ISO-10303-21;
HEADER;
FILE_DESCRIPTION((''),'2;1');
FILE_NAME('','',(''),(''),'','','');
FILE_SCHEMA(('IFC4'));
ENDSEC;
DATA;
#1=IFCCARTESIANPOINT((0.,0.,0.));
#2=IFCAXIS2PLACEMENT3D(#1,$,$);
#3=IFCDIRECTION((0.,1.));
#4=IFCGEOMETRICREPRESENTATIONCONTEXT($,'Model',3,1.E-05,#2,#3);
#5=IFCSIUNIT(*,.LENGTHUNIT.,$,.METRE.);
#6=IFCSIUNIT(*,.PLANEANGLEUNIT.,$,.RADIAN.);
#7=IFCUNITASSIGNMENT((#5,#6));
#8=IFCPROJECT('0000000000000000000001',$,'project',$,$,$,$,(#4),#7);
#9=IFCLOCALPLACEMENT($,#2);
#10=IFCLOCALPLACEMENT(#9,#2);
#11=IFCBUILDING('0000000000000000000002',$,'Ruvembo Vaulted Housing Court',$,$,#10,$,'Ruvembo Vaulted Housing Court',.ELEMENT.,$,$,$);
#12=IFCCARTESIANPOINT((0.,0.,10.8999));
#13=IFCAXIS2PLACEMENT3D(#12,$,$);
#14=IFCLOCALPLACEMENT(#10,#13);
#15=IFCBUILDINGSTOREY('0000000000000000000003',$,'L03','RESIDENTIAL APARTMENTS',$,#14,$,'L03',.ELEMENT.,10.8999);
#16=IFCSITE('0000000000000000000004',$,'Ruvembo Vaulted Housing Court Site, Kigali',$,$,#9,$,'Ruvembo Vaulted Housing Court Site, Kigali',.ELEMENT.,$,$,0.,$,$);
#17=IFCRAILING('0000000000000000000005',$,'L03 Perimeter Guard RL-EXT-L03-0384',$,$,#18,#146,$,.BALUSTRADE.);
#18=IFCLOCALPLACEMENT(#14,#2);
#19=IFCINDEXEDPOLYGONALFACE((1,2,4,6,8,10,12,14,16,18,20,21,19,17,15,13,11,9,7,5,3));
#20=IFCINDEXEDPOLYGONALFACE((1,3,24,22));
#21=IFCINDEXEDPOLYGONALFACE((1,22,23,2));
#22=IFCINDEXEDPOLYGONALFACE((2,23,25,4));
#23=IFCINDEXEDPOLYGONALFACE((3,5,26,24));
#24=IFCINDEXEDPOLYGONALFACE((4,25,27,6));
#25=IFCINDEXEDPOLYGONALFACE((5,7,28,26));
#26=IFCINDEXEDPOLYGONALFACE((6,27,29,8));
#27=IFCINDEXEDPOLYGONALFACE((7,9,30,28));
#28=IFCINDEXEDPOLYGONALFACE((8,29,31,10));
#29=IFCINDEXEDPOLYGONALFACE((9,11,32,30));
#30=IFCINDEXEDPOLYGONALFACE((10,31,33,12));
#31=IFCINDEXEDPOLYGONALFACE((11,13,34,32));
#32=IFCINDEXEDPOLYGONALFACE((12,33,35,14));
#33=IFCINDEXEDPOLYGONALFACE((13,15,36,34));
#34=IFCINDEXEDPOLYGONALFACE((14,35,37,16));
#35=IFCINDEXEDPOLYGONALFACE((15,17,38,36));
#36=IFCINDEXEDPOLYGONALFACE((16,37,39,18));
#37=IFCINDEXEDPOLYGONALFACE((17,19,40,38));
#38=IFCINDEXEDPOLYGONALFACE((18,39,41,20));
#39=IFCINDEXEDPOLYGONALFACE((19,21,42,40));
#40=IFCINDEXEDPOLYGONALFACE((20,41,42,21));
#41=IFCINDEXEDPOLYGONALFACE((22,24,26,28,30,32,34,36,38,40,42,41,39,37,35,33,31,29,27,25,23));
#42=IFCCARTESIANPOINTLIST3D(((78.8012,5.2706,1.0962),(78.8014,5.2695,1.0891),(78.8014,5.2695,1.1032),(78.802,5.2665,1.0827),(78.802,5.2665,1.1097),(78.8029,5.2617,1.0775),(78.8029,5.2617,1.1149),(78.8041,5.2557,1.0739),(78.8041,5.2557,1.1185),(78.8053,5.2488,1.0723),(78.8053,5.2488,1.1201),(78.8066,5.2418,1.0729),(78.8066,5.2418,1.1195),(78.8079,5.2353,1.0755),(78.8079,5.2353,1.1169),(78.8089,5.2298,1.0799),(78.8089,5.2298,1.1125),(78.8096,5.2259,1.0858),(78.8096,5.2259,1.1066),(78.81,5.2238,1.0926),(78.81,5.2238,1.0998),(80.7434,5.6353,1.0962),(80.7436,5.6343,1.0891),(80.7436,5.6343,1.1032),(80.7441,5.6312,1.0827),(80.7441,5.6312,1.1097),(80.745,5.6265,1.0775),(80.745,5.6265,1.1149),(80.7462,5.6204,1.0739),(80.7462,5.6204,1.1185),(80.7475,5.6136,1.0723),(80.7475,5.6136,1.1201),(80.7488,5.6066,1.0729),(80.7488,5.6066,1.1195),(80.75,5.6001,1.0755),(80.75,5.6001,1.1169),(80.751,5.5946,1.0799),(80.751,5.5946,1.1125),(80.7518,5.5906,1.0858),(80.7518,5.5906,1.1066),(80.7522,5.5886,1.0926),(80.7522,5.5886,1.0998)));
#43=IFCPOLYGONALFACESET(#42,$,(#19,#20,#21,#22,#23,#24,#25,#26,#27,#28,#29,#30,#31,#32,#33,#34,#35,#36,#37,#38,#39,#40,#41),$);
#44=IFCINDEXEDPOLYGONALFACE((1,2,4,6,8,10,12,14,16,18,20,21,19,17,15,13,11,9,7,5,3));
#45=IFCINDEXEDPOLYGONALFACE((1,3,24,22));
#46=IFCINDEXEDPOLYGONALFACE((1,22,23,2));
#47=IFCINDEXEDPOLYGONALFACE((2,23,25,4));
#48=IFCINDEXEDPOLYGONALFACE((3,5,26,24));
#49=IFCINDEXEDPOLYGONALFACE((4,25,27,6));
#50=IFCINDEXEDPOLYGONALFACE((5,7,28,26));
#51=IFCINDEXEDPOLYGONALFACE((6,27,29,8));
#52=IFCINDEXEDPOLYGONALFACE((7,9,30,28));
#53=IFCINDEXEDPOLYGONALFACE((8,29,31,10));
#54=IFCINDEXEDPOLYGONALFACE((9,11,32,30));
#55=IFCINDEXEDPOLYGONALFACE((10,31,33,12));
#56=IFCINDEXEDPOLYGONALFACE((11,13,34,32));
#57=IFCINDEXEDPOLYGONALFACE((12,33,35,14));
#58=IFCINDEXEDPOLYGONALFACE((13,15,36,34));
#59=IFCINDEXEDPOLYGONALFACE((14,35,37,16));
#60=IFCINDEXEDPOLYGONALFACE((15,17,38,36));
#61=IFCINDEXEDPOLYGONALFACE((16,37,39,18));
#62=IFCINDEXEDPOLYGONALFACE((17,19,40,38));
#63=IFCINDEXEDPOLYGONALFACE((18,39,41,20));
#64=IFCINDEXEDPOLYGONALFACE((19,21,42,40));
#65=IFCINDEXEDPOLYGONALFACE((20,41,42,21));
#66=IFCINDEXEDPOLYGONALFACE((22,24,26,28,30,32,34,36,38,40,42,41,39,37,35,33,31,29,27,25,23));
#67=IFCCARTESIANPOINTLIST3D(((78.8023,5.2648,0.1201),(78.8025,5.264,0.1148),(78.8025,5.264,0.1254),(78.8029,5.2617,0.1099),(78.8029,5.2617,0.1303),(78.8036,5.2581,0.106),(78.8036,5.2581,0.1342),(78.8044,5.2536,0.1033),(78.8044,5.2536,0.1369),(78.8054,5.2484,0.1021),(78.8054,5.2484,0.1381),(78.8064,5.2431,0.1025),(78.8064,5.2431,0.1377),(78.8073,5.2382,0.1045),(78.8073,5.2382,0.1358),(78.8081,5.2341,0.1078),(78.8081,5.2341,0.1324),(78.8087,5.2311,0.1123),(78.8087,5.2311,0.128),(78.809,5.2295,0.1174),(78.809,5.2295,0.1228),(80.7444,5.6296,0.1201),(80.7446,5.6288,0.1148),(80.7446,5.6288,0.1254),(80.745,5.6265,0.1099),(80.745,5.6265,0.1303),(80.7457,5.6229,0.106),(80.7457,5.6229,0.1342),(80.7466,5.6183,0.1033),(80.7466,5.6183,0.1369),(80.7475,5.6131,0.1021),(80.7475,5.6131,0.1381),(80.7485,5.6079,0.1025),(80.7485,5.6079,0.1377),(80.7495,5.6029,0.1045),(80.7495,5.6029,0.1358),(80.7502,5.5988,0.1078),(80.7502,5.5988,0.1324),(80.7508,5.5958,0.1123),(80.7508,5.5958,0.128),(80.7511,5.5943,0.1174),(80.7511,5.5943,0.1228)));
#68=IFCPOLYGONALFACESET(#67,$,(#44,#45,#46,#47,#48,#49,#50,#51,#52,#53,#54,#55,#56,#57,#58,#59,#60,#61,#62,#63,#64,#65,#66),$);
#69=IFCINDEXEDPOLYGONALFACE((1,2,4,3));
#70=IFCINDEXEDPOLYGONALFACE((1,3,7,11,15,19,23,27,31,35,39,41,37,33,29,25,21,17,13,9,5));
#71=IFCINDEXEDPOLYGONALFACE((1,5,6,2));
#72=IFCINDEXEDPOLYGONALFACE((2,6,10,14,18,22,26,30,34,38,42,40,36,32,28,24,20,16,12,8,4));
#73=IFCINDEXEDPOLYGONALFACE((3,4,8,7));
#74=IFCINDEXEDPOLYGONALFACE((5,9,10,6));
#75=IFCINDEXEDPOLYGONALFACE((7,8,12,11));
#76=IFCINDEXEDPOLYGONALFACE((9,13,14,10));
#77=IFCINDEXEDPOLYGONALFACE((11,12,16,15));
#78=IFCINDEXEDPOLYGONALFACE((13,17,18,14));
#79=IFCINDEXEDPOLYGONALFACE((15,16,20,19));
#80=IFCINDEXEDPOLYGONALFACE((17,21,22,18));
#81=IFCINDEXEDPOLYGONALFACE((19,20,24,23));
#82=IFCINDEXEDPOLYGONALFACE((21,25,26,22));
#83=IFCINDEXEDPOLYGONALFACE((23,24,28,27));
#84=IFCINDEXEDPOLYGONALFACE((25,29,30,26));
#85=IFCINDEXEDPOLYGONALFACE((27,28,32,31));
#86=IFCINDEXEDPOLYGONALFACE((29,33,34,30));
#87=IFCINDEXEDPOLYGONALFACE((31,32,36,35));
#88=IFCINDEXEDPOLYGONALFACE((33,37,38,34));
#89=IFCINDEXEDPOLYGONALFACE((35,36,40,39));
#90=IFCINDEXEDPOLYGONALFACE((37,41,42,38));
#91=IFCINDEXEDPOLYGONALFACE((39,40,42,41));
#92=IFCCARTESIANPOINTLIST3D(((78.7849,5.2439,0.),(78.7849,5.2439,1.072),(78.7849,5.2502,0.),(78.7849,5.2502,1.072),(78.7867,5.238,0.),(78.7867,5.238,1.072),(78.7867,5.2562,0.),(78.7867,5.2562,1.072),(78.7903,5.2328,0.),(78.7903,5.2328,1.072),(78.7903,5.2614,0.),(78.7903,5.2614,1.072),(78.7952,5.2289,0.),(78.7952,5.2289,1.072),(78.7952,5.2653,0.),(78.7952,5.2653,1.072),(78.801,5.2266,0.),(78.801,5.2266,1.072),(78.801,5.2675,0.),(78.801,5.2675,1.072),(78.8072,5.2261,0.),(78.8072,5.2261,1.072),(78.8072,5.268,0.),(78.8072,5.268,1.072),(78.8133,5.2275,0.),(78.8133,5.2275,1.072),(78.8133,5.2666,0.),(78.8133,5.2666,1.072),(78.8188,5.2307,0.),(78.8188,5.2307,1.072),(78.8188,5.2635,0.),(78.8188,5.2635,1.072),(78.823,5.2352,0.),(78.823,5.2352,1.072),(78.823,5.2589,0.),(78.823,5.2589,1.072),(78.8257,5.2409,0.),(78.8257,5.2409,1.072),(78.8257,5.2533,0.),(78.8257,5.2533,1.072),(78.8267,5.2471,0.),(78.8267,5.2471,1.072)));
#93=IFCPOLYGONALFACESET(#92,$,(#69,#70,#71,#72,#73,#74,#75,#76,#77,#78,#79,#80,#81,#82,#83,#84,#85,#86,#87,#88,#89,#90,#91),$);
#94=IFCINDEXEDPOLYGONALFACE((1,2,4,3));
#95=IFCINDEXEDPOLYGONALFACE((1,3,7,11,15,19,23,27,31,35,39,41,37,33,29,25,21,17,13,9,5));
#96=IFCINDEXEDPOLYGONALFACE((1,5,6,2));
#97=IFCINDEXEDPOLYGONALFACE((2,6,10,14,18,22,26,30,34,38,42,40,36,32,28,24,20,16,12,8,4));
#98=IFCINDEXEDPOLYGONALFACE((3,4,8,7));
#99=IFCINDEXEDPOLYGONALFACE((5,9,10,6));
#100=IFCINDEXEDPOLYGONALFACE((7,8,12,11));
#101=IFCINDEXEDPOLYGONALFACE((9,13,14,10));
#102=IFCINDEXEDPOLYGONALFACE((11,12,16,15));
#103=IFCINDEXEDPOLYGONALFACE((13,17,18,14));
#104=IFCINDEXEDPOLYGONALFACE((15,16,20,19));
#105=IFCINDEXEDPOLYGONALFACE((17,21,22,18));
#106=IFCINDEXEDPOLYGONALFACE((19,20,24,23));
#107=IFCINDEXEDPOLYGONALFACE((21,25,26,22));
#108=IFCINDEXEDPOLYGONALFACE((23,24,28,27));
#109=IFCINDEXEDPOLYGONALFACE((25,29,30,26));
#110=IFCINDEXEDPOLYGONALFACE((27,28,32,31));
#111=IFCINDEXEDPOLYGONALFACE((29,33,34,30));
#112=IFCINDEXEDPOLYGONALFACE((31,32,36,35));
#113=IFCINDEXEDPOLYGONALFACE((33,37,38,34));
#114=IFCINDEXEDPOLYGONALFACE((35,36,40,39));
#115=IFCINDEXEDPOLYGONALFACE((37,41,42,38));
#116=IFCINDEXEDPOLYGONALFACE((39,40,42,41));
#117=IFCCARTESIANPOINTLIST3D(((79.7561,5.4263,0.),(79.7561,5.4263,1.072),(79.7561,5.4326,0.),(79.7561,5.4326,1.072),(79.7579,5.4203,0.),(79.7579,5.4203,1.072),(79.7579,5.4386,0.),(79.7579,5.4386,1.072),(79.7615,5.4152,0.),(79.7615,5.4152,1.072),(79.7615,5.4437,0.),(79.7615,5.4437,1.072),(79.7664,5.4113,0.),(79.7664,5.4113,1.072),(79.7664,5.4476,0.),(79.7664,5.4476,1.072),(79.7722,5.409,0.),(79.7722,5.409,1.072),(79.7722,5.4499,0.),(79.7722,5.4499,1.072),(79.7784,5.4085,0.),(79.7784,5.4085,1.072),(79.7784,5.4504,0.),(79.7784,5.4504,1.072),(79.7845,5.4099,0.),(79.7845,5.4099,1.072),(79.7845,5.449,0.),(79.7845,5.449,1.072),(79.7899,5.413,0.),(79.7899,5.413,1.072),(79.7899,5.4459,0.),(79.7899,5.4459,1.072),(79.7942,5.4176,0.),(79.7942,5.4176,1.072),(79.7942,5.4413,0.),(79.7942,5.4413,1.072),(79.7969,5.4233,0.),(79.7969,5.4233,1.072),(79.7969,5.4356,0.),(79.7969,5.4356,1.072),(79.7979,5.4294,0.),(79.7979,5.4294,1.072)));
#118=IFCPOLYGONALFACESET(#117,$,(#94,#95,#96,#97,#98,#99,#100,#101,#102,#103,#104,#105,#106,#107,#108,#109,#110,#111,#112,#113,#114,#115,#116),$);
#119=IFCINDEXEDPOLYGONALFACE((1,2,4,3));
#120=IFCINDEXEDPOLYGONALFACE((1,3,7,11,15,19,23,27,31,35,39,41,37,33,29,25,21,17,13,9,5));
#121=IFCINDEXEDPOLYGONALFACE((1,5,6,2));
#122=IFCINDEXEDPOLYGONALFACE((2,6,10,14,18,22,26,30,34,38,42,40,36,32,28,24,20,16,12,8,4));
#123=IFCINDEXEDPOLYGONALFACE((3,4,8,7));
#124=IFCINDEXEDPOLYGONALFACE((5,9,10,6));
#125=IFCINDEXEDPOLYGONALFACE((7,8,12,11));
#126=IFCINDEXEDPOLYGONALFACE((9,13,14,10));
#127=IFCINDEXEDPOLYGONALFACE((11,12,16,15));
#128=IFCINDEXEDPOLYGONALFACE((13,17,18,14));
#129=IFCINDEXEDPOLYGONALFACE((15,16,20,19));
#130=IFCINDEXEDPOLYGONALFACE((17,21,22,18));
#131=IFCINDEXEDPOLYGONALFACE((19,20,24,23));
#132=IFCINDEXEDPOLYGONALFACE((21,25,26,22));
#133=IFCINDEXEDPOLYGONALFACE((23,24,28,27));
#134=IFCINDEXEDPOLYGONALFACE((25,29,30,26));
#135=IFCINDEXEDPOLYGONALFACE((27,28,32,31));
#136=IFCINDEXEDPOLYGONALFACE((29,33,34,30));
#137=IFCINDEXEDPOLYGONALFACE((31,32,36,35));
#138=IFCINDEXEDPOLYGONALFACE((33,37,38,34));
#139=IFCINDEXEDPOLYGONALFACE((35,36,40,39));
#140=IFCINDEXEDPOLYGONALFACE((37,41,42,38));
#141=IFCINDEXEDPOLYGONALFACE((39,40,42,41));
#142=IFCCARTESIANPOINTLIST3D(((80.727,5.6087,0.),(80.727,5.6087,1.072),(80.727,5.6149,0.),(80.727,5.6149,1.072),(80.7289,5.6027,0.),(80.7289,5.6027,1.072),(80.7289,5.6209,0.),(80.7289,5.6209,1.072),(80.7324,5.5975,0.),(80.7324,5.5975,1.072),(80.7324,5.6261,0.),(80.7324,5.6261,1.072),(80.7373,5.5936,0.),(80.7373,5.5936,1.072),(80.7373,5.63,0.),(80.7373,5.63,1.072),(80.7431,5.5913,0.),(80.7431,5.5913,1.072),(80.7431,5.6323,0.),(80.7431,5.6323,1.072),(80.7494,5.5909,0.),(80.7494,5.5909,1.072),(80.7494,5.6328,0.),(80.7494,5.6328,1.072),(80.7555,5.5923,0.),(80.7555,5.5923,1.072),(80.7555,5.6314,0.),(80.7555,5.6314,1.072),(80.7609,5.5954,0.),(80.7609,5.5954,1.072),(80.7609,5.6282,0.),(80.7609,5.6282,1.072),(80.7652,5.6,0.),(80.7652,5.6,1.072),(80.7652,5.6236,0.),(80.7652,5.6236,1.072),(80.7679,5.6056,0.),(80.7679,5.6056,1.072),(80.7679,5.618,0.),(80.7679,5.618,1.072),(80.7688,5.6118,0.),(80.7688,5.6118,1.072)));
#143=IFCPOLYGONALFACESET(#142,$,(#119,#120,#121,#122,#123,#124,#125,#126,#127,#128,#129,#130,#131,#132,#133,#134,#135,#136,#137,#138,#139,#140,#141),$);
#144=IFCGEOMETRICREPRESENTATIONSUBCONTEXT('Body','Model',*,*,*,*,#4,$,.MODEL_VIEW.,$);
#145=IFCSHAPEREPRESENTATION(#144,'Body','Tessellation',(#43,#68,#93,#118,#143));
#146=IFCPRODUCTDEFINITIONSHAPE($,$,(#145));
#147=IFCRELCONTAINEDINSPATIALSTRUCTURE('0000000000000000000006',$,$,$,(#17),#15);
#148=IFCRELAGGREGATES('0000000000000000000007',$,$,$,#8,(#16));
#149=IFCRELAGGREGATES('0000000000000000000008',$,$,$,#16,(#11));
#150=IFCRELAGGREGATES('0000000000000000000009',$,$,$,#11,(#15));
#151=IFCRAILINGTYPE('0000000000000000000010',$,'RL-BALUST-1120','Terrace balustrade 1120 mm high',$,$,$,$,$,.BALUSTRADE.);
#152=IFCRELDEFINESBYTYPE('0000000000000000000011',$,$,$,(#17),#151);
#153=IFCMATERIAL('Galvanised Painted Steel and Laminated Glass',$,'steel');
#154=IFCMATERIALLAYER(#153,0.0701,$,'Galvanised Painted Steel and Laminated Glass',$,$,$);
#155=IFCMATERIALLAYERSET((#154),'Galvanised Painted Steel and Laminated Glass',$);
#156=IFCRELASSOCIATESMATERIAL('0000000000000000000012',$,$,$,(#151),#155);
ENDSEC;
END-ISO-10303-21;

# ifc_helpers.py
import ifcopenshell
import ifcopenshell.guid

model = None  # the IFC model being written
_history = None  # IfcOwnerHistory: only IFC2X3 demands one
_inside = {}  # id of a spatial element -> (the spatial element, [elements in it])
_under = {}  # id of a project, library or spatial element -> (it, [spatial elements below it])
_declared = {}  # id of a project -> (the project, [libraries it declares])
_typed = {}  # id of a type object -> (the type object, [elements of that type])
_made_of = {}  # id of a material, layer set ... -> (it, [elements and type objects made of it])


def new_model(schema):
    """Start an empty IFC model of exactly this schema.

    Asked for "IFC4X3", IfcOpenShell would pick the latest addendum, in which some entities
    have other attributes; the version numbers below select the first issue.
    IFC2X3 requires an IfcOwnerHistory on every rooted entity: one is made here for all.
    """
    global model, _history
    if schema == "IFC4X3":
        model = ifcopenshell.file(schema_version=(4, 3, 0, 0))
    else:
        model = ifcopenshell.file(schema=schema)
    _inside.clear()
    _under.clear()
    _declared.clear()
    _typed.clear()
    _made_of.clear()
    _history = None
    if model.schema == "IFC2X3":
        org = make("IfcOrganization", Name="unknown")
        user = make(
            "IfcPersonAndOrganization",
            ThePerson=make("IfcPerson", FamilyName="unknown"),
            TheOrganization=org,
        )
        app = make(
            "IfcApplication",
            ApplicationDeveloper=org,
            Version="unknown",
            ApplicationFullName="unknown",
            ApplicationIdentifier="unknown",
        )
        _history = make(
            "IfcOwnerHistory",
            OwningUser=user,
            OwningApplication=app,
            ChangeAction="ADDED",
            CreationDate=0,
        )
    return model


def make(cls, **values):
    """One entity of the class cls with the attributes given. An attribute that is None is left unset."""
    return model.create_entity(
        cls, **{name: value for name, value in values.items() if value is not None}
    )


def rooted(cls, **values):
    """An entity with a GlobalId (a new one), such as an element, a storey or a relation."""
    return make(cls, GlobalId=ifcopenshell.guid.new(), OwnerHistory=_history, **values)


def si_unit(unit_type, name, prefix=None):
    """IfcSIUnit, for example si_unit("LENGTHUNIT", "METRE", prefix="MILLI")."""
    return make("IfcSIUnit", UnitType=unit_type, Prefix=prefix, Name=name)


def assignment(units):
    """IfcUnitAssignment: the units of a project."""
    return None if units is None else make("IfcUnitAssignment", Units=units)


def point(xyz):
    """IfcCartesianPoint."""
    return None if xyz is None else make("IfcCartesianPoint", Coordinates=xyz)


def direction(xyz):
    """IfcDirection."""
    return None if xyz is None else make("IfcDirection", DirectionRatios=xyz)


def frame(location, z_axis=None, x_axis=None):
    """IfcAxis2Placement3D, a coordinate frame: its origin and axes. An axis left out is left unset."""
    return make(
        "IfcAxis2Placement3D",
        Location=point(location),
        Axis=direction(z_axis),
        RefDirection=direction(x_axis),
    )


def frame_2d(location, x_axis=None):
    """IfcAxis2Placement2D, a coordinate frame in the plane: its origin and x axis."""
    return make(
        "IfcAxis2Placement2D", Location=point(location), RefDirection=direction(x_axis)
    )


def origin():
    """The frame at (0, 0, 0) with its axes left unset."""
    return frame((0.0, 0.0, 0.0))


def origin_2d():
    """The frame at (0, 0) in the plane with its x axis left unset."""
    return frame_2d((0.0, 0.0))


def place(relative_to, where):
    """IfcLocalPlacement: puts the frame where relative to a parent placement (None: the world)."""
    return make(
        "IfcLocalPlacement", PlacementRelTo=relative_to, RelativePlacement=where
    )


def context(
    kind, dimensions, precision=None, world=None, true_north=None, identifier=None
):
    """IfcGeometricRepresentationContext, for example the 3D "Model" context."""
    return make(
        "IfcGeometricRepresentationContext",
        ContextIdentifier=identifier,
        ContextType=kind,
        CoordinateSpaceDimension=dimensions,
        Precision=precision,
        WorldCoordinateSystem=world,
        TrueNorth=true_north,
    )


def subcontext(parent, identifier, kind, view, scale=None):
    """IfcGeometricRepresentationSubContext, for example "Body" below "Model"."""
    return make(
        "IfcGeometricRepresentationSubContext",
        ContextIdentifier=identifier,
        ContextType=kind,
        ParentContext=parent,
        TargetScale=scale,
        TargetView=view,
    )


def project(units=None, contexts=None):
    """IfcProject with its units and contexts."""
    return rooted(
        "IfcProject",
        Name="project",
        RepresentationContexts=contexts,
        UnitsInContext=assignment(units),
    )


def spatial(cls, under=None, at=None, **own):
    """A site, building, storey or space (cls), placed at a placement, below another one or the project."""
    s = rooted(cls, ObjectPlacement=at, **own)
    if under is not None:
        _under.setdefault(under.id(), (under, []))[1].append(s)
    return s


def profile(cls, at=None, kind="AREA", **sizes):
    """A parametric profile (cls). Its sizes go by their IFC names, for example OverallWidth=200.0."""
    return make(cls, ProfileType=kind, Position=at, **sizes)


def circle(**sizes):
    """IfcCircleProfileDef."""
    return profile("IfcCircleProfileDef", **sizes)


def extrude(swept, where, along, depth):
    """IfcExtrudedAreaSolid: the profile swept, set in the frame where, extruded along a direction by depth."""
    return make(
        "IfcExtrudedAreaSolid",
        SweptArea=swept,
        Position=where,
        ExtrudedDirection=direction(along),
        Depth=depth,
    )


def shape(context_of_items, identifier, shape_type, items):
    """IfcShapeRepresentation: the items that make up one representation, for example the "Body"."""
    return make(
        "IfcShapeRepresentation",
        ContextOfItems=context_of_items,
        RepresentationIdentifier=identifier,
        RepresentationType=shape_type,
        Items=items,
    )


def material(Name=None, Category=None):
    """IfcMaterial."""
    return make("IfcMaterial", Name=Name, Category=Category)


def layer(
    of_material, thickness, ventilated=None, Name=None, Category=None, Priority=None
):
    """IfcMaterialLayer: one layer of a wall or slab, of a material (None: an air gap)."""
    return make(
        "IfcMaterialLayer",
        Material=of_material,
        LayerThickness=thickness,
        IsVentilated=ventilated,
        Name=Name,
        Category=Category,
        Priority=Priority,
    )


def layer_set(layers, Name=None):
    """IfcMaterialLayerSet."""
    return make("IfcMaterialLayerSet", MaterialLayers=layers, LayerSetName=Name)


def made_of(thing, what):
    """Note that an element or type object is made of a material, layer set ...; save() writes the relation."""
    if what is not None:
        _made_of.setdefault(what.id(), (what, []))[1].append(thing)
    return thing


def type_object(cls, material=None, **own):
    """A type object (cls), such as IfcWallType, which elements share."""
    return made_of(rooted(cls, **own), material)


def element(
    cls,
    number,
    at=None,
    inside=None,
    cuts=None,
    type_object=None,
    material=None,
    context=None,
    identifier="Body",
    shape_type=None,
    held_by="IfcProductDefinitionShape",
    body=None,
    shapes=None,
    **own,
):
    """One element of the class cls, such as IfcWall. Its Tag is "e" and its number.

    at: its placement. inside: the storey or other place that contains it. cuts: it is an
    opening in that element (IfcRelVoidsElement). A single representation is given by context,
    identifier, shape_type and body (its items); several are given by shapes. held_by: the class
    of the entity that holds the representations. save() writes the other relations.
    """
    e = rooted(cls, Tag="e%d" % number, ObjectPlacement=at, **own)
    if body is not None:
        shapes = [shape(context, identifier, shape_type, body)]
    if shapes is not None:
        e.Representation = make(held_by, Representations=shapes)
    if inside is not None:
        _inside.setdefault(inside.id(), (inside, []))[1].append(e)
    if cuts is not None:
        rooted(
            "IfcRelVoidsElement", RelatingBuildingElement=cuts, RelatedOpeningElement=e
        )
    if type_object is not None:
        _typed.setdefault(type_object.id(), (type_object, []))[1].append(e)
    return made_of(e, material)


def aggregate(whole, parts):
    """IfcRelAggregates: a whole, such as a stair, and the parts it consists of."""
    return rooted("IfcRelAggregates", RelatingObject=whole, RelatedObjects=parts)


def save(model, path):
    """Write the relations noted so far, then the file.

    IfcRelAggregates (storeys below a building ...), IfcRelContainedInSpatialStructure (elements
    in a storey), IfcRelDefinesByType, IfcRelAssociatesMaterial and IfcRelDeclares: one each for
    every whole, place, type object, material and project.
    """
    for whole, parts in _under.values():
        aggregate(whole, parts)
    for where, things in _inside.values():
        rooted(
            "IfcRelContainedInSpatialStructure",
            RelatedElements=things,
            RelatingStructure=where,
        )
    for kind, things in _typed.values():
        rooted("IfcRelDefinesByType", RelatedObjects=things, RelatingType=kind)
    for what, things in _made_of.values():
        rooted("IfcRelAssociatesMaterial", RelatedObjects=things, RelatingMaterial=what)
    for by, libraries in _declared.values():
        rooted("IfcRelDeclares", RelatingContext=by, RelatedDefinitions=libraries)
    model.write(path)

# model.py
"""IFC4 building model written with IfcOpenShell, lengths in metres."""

from ifc_helpers import new_model, si_unit, direction, frame, origin, origin_2d, place, context, subcontext, project, spatial, circle, extrude, material, layer, layer_set, type_object, element, save


model = new_model("IFC4")

# Units and contexts
model_context = context("Model", 3, precision=1e-05, world=origin(), true_north=direction((0.0, 1.0)))
body_context = subcontext(model_context, "Body", "Model", "MODEL_VIEW")
ifc_project = project(units=[si_unit("LENGTHUNIT", "METRE"), si_unit("PLANEANGLEUNIT", "RADIAN")], contexts=[model_context])

# Site, building, storey
site_placement = place(None, origin())
site = spatial("IfcSite", under=ifc_project, at=site_placement, Name="Ruvembo Vaulted Housing Court Site, Kigali", LongName="Ruvembo Vaulted Housing Court Site, Kigali", CompositionType="ELEMENT", RefElevation=0.0)
building_placement = place(site_placement, origin())
building = spatial("IfcBuilding", under=site, at=building_placement, Name="Ruvembo Vaulted Housing Court", LongName="Ruvembo Vaulted Housing Court", CompositionType="ELEMENT")
storey_placement = place(building_placement, frame((0.0, 0.0, 10.8999)))
storey = spatial("IfcBuildingStorey", under=building, at=storey_placement, Name="L03", Description="RESIDENTIAL APARTMENTS", LongName="L03", CompositionType="ELEMENT", Elevation=10.8999)

# Railing
ifc_material_1 = material(Name="Galvanised Painted Steel and Laminated Glass", Category="steel")
ifc_layer_1 = layer(ifc_material_1, 0.0701, Name="Galvanised Painted Steel and Laminated Glass")
ifc_layer_set_1 = layer_set([ifc_layer_1], Name="Galvanised Painted Steel and Laminated Glass")
railing_type = type_object("IfcRailingType", Name="RL-BALUST-1120", Description="Terrace balustrade 1120 mm high", PredefinedType="BALUSTRADE", material=ifc_layer_set_1)
railing_1_placement = place(storey_placement, frame((78.8057, 5.2471, 0.0)))
element("IfcRailing", 1, at=railing_1_placement, inside=storey, type_object=railing_type, Name="L03 Perimeter Guard RL-EXT-L03-0384", PredefinedType="BALUSTRADE", context=body_context, shape_type="SweptSolid", body=[
    extrude(circle(Radius=0.0239, at=origin_2d()), frame((0.0, 0.0, 1.0962), z_axis=(0.982818, 0.184579, 0.0), x_axis=(-0.184579, 0.982818, 0.0)), (0.0, 0.0, 1.0), 1.9761),
    extrude(circle(Radius=0.0181, at=origin_2d()), frame((0.0, 0.0, 0.1201), z_axis=(0.982818, 0.184579, 0.0), x_axis=(-0.184579, 0.982818, 0.0)), (0.0, 0.0, 1.0), 1.9761),
    extrude(circle(Radius=0.021, at=origin_2d()), origin(), (0.0, 0.0, 1.0), 1.072),
    extrude(circle(Radius=0.021, at=origin_2d()), frame((0.9712, 0.1824, 0.0)), (0.0, 0.0, 1.0), 1.072),
    extrude(circle(Radius=0.021, at=origin_2d()), frame((1.9421, 0.3647, 0.0)), (0.0, 0.0, 1.0), 1.072),
])

save(model, "model.ifc")
